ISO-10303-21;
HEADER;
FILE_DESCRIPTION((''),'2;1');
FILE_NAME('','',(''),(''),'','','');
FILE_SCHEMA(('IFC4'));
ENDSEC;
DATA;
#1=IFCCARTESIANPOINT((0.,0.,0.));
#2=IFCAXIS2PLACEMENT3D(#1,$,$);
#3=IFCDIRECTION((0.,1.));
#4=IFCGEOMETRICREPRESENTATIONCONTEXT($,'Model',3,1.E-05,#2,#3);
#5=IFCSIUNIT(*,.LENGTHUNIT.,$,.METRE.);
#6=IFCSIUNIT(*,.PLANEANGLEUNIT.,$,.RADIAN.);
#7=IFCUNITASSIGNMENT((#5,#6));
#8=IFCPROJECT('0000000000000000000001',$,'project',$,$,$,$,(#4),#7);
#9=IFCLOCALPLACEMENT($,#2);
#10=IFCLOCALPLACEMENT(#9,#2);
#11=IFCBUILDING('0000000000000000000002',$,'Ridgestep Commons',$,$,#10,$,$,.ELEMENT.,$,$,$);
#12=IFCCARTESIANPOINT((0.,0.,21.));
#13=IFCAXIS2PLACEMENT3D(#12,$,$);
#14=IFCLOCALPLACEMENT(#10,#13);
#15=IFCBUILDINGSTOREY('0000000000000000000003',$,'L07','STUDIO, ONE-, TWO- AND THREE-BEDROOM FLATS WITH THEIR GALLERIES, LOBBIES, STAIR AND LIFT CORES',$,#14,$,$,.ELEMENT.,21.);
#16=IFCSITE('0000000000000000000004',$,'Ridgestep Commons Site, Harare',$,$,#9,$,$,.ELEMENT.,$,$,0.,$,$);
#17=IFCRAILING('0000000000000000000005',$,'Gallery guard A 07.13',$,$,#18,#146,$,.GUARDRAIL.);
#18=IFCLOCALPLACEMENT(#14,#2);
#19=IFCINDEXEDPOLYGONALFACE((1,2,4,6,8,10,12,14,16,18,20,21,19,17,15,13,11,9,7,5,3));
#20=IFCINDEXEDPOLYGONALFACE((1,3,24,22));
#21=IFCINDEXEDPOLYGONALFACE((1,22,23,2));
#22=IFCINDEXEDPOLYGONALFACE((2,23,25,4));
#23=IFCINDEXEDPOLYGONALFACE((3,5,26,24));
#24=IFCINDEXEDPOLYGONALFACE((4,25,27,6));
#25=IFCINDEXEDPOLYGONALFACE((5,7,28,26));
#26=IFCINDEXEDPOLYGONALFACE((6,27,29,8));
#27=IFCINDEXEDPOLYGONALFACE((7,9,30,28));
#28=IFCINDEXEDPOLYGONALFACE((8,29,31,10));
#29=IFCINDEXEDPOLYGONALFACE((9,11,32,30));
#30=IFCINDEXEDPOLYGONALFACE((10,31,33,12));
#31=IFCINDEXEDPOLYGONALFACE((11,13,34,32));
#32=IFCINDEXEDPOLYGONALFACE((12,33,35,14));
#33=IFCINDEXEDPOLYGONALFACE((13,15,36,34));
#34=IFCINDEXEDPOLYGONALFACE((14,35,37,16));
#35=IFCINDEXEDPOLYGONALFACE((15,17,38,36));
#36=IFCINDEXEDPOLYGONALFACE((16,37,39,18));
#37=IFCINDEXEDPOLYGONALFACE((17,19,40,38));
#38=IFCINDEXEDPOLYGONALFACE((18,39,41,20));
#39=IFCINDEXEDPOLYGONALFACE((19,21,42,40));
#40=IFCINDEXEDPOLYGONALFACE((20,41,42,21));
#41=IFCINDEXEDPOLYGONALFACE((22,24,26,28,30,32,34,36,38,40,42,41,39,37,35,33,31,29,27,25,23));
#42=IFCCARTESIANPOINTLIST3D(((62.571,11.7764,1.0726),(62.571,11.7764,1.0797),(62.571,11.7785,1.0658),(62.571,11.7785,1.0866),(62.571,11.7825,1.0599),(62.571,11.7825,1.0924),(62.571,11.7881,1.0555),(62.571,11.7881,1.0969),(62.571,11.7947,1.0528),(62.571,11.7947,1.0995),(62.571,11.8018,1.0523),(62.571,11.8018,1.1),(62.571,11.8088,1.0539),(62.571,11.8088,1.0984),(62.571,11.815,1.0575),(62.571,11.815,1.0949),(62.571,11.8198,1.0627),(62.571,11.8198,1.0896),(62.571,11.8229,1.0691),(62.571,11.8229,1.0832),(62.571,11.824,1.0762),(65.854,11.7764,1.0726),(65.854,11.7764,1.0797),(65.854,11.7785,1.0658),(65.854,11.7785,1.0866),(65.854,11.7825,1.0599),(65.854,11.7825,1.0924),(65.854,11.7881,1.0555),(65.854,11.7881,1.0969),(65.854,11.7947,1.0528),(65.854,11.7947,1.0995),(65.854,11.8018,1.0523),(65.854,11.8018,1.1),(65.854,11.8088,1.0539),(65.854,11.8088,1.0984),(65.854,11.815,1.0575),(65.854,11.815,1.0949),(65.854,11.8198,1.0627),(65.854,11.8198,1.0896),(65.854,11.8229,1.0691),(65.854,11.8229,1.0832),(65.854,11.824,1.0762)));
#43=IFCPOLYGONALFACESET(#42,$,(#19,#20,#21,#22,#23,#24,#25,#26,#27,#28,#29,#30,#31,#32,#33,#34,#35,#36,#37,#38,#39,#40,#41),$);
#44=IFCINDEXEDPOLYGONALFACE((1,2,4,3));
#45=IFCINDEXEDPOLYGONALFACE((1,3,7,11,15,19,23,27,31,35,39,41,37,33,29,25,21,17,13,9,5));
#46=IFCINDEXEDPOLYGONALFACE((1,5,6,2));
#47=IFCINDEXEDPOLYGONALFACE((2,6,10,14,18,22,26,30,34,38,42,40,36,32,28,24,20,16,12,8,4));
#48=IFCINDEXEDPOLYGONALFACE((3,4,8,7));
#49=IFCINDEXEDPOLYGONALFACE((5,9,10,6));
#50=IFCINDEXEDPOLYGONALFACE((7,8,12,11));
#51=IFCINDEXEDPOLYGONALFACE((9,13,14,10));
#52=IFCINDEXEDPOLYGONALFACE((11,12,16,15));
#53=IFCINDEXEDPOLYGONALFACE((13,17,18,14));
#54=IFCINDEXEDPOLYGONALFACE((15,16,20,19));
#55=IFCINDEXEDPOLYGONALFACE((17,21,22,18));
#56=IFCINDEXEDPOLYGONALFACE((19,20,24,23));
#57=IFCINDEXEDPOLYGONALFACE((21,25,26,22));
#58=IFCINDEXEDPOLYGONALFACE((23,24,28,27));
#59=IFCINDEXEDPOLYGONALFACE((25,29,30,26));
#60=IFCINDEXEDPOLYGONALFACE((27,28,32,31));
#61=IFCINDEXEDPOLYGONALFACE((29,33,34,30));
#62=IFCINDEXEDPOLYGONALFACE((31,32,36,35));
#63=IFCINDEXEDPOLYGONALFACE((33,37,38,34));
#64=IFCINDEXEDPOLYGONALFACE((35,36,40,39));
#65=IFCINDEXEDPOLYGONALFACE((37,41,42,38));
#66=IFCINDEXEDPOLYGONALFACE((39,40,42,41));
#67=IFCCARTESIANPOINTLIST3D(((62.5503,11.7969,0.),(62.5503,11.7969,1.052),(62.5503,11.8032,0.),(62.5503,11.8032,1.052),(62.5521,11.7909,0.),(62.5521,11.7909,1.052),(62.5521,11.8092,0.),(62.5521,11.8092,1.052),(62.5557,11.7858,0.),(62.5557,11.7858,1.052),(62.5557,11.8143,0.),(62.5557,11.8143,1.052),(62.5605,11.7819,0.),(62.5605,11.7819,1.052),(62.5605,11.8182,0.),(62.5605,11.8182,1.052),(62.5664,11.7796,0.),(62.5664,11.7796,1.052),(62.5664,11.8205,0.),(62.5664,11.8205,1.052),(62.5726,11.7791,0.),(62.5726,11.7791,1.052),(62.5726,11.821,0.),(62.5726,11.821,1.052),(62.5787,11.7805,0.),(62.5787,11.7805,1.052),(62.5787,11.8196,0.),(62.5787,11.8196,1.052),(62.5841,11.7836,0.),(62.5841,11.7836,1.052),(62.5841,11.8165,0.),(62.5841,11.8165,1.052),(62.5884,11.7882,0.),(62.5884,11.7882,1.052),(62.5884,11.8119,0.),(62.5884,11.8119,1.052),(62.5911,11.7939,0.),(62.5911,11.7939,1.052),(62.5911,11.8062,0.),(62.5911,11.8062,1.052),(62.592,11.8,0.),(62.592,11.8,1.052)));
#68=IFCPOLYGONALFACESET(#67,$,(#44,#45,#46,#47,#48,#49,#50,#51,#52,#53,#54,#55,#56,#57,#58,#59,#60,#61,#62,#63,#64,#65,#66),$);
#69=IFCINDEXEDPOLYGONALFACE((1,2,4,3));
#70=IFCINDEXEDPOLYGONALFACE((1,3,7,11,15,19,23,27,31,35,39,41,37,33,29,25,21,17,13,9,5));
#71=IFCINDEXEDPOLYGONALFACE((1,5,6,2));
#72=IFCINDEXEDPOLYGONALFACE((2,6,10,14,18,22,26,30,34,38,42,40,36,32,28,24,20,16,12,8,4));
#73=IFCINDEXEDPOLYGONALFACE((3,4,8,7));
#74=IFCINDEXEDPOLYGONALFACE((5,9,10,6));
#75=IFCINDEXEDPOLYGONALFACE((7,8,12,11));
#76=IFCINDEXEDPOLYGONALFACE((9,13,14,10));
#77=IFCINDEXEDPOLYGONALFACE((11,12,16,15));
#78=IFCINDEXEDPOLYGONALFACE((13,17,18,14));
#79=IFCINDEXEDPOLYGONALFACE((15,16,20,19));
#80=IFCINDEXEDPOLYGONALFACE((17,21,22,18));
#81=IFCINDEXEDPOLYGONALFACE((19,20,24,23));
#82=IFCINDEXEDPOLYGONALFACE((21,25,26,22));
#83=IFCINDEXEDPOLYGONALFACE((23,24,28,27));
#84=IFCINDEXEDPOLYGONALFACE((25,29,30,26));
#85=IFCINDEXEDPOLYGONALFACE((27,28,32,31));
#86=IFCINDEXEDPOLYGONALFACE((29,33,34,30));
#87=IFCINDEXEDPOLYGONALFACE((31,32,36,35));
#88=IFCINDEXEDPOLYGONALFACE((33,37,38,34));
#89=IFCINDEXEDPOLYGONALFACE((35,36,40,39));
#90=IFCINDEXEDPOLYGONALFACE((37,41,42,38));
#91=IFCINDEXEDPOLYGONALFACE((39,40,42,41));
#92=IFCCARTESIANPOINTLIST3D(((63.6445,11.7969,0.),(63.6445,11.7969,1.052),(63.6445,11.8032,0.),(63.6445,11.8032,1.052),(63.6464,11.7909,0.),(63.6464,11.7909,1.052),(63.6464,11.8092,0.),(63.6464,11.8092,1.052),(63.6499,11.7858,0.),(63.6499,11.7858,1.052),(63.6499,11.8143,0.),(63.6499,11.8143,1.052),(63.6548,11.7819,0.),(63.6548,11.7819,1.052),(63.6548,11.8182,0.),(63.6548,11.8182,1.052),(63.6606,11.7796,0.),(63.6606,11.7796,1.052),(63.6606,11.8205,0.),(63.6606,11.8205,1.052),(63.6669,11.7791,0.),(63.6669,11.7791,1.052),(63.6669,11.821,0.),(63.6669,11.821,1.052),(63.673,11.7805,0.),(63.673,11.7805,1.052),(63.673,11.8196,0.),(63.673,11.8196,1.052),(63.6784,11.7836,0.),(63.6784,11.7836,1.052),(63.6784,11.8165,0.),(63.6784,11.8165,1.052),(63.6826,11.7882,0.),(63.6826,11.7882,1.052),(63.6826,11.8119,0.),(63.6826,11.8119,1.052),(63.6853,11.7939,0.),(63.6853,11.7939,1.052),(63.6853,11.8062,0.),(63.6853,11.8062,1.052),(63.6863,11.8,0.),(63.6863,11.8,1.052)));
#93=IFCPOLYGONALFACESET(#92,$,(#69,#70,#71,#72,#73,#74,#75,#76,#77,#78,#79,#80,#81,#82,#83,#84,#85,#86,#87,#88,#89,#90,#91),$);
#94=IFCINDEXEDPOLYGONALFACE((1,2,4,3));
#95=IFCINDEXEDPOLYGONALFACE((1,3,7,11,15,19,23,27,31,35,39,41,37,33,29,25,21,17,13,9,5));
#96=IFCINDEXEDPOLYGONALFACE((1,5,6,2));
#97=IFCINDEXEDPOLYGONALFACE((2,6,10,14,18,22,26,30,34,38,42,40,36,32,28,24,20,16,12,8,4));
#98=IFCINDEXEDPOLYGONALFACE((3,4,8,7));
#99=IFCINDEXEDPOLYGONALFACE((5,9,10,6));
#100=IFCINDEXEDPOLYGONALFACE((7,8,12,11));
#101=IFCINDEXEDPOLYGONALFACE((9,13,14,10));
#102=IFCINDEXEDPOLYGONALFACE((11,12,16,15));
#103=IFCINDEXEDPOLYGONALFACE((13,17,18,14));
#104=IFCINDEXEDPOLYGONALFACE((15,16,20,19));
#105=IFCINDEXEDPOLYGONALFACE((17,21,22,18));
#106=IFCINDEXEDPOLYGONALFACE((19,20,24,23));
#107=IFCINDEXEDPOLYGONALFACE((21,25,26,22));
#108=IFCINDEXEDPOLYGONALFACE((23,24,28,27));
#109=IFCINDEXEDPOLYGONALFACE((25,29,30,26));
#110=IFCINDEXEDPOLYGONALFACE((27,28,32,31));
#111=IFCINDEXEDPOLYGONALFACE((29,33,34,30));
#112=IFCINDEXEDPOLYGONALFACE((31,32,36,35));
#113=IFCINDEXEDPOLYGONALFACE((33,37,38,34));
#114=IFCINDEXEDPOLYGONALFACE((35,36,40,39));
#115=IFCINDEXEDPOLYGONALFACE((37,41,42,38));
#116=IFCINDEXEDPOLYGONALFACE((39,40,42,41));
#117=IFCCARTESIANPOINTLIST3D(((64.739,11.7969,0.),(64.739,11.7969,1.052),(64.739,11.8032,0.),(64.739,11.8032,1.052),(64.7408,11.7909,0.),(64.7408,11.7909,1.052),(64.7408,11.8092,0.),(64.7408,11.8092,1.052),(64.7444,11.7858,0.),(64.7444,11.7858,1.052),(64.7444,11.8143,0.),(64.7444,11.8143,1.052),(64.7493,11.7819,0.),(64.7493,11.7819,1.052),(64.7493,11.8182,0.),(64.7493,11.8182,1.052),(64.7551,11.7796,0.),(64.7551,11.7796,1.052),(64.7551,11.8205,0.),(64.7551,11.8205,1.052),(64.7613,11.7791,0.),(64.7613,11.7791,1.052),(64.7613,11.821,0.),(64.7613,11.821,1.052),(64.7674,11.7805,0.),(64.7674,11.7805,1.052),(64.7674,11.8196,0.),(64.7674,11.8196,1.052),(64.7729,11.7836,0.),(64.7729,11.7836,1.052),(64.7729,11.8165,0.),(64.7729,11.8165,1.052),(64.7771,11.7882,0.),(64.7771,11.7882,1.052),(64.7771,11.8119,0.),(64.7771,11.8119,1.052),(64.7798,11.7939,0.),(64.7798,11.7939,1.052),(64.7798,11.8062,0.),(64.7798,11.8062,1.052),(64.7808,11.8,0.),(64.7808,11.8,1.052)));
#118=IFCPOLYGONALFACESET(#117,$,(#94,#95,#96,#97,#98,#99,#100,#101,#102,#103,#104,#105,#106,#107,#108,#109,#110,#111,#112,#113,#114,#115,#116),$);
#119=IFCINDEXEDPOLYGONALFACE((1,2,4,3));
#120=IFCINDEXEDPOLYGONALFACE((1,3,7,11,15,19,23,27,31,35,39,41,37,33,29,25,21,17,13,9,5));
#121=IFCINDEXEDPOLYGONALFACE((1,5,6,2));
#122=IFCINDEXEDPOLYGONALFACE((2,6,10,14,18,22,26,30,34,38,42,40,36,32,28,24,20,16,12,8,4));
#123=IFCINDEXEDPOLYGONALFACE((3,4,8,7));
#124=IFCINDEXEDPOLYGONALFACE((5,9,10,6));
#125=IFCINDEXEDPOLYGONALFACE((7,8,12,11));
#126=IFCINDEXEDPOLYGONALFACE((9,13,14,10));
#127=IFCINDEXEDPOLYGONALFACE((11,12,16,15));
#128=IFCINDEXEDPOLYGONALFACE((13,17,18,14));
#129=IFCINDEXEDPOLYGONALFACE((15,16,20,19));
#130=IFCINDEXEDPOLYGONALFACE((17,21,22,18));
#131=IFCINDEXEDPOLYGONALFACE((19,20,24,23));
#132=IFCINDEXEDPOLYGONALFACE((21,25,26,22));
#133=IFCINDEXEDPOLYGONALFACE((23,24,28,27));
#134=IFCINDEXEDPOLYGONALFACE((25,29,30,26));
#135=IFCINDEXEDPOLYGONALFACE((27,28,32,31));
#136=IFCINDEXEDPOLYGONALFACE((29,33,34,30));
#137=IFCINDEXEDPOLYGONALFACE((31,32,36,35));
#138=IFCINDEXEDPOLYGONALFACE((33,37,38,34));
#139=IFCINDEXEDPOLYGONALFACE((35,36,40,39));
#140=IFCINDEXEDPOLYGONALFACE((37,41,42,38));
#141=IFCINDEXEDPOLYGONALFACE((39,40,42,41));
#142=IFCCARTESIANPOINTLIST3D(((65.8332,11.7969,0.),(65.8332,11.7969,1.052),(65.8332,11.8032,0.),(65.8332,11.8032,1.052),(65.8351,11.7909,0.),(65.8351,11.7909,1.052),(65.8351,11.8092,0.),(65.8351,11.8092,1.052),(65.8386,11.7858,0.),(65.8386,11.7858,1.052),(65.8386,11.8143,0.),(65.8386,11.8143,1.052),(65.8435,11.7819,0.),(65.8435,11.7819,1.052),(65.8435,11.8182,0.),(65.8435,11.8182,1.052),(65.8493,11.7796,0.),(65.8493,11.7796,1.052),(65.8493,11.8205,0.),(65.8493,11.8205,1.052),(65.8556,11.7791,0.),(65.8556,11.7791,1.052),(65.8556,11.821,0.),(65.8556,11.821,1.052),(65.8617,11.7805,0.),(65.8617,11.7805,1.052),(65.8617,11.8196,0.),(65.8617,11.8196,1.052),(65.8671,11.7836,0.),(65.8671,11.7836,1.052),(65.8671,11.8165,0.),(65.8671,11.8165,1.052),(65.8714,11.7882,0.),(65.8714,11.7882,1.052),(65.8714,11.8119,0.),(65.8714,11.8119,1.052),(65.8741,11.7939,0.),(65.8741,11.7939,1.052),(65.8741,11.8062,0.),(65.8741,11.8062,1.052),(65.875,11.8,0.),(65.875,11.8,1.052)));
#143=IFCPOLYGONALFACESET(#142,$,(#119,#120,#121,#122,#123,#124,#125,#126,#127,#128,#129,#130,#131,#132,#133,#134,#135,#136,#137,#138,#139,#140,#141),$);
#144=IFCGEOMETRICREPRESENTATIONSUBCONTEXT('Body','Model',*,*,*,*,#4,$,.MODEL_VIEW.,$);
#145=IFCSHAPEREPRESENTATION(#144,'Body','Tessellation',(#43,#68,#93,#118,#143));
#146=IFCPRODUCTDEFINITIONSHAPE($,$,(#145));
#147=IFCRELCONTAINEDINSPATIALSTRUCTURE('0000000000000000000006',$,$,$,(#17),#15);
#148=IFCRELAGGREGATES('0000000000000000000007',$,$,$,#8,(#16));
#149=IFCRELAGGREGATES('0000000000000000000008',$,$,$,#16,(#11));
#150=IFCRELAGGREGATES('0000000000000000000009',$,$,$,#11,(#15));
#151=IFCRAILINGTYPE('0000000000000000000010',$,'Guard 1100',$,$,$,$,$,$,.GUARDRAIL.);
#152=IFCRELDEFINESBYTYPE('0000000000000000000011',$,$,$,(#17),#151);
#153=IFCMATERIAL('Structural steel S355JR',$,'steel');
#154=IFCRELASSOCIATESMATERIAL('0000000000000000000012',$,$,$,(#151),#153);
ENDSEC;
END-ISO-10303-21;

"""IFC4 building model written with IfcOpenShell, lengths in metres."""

from ifc_helpers import new_model, si_unit, direction, frame, origin, origin_2d, place, context, subcontext, project, spatial, circle, extrude, material, type_object, element, save


model = new_model("IFC4")

# Units and contexts
model_context = context("Model", 3, precision=1e-05, world=origin(), true_north=direction((0.0, 1.0)))
body_context = subcontext(model_context, "Body", "Model", "MODEL_VIEW")
ifc_project = project(units=[si_unit("LENGTHUNIT", "METRE"), si_unit("PLANEANGLEUNIT", "RADIAN")], contexts=[model_context])

# Site, building, storey
site_placement = place(None, origin())
site = spatial("IfcSite", under=ifc_project, at=site_placement, Name="Ridgestep Commons Site, Harare", CompositionType="ELEMENT", RefElevation=0.0)
building_placement = place(site_placement, origin())
building = spatial("IfcBuilding", under=site, at=building_placement, Name="Ridgestep Commons", CompositionType="ELEMENT")
storey_placement = place(building_placement, frame((0.0, 0.0, 21.0)))
storey = spatial("IfcBuildingStorey", under=building, at=storey_placement, Name="L07", Description="STUDIO, ONE-, TWO- AND THREE-BEDROOM FLATS WITH THEIR GALLERIES, LOBBIES, STAIR AND LIFT CORES", CompositionType="ELEMENT", Elevation=21.0)

# Railing
ifc_material_1 = material(Name="Structural steel S355JR", Category="steel")
railing_type = type_object("IfcRailingType", Name="Guard 1100", PredefinedType="GUARDRAIL", material=ifc_material_1)
for number, where, name in (
    (1, (62.571, 11.8, 0.0), "Gallery guard A 07.13"),
):
    element("IfcRailing", number, at=place(storey_placement, frame(where)), inside=storey, type_object=railing_type, Name=name, PredefinedType="GUARDRAIL", context=body_context, shape_type="SweptSolid", body=[
        extrude(circle(Radius=0.0239, at=origin_2d()), frame((0.0, 0.0, 1.0762), z_axis=(1.0, 0.0, 0.0), x_axis=(0.0, 1.0, 0.0)), (0.0, 0.0, 1.0), 3.283),
        extrude(circle(Radius=0.021, at=origin_2d()), origin(), (0.0, 0.0, 1.0), 1.052),
        extrude(circle(Radius=0.021, at=origin_2d()), frame((1.0942, 0.0, 0.0)), (0.0, 0.0, 1.0), 1.052),
        extrude(circle(Radius=0.021, at=origin_2d()), frame((2.1887, 0.0, 0.0)), (0.0, 0.0, 1.0), 1.052),
        extrude(circle(Radius=0.021, at=origin_2d()), frame((3.283, 0.0, 0.0)), (0.0, 0.0, 1.0), 1.052),
    ])

save(model, "model.ifc")
